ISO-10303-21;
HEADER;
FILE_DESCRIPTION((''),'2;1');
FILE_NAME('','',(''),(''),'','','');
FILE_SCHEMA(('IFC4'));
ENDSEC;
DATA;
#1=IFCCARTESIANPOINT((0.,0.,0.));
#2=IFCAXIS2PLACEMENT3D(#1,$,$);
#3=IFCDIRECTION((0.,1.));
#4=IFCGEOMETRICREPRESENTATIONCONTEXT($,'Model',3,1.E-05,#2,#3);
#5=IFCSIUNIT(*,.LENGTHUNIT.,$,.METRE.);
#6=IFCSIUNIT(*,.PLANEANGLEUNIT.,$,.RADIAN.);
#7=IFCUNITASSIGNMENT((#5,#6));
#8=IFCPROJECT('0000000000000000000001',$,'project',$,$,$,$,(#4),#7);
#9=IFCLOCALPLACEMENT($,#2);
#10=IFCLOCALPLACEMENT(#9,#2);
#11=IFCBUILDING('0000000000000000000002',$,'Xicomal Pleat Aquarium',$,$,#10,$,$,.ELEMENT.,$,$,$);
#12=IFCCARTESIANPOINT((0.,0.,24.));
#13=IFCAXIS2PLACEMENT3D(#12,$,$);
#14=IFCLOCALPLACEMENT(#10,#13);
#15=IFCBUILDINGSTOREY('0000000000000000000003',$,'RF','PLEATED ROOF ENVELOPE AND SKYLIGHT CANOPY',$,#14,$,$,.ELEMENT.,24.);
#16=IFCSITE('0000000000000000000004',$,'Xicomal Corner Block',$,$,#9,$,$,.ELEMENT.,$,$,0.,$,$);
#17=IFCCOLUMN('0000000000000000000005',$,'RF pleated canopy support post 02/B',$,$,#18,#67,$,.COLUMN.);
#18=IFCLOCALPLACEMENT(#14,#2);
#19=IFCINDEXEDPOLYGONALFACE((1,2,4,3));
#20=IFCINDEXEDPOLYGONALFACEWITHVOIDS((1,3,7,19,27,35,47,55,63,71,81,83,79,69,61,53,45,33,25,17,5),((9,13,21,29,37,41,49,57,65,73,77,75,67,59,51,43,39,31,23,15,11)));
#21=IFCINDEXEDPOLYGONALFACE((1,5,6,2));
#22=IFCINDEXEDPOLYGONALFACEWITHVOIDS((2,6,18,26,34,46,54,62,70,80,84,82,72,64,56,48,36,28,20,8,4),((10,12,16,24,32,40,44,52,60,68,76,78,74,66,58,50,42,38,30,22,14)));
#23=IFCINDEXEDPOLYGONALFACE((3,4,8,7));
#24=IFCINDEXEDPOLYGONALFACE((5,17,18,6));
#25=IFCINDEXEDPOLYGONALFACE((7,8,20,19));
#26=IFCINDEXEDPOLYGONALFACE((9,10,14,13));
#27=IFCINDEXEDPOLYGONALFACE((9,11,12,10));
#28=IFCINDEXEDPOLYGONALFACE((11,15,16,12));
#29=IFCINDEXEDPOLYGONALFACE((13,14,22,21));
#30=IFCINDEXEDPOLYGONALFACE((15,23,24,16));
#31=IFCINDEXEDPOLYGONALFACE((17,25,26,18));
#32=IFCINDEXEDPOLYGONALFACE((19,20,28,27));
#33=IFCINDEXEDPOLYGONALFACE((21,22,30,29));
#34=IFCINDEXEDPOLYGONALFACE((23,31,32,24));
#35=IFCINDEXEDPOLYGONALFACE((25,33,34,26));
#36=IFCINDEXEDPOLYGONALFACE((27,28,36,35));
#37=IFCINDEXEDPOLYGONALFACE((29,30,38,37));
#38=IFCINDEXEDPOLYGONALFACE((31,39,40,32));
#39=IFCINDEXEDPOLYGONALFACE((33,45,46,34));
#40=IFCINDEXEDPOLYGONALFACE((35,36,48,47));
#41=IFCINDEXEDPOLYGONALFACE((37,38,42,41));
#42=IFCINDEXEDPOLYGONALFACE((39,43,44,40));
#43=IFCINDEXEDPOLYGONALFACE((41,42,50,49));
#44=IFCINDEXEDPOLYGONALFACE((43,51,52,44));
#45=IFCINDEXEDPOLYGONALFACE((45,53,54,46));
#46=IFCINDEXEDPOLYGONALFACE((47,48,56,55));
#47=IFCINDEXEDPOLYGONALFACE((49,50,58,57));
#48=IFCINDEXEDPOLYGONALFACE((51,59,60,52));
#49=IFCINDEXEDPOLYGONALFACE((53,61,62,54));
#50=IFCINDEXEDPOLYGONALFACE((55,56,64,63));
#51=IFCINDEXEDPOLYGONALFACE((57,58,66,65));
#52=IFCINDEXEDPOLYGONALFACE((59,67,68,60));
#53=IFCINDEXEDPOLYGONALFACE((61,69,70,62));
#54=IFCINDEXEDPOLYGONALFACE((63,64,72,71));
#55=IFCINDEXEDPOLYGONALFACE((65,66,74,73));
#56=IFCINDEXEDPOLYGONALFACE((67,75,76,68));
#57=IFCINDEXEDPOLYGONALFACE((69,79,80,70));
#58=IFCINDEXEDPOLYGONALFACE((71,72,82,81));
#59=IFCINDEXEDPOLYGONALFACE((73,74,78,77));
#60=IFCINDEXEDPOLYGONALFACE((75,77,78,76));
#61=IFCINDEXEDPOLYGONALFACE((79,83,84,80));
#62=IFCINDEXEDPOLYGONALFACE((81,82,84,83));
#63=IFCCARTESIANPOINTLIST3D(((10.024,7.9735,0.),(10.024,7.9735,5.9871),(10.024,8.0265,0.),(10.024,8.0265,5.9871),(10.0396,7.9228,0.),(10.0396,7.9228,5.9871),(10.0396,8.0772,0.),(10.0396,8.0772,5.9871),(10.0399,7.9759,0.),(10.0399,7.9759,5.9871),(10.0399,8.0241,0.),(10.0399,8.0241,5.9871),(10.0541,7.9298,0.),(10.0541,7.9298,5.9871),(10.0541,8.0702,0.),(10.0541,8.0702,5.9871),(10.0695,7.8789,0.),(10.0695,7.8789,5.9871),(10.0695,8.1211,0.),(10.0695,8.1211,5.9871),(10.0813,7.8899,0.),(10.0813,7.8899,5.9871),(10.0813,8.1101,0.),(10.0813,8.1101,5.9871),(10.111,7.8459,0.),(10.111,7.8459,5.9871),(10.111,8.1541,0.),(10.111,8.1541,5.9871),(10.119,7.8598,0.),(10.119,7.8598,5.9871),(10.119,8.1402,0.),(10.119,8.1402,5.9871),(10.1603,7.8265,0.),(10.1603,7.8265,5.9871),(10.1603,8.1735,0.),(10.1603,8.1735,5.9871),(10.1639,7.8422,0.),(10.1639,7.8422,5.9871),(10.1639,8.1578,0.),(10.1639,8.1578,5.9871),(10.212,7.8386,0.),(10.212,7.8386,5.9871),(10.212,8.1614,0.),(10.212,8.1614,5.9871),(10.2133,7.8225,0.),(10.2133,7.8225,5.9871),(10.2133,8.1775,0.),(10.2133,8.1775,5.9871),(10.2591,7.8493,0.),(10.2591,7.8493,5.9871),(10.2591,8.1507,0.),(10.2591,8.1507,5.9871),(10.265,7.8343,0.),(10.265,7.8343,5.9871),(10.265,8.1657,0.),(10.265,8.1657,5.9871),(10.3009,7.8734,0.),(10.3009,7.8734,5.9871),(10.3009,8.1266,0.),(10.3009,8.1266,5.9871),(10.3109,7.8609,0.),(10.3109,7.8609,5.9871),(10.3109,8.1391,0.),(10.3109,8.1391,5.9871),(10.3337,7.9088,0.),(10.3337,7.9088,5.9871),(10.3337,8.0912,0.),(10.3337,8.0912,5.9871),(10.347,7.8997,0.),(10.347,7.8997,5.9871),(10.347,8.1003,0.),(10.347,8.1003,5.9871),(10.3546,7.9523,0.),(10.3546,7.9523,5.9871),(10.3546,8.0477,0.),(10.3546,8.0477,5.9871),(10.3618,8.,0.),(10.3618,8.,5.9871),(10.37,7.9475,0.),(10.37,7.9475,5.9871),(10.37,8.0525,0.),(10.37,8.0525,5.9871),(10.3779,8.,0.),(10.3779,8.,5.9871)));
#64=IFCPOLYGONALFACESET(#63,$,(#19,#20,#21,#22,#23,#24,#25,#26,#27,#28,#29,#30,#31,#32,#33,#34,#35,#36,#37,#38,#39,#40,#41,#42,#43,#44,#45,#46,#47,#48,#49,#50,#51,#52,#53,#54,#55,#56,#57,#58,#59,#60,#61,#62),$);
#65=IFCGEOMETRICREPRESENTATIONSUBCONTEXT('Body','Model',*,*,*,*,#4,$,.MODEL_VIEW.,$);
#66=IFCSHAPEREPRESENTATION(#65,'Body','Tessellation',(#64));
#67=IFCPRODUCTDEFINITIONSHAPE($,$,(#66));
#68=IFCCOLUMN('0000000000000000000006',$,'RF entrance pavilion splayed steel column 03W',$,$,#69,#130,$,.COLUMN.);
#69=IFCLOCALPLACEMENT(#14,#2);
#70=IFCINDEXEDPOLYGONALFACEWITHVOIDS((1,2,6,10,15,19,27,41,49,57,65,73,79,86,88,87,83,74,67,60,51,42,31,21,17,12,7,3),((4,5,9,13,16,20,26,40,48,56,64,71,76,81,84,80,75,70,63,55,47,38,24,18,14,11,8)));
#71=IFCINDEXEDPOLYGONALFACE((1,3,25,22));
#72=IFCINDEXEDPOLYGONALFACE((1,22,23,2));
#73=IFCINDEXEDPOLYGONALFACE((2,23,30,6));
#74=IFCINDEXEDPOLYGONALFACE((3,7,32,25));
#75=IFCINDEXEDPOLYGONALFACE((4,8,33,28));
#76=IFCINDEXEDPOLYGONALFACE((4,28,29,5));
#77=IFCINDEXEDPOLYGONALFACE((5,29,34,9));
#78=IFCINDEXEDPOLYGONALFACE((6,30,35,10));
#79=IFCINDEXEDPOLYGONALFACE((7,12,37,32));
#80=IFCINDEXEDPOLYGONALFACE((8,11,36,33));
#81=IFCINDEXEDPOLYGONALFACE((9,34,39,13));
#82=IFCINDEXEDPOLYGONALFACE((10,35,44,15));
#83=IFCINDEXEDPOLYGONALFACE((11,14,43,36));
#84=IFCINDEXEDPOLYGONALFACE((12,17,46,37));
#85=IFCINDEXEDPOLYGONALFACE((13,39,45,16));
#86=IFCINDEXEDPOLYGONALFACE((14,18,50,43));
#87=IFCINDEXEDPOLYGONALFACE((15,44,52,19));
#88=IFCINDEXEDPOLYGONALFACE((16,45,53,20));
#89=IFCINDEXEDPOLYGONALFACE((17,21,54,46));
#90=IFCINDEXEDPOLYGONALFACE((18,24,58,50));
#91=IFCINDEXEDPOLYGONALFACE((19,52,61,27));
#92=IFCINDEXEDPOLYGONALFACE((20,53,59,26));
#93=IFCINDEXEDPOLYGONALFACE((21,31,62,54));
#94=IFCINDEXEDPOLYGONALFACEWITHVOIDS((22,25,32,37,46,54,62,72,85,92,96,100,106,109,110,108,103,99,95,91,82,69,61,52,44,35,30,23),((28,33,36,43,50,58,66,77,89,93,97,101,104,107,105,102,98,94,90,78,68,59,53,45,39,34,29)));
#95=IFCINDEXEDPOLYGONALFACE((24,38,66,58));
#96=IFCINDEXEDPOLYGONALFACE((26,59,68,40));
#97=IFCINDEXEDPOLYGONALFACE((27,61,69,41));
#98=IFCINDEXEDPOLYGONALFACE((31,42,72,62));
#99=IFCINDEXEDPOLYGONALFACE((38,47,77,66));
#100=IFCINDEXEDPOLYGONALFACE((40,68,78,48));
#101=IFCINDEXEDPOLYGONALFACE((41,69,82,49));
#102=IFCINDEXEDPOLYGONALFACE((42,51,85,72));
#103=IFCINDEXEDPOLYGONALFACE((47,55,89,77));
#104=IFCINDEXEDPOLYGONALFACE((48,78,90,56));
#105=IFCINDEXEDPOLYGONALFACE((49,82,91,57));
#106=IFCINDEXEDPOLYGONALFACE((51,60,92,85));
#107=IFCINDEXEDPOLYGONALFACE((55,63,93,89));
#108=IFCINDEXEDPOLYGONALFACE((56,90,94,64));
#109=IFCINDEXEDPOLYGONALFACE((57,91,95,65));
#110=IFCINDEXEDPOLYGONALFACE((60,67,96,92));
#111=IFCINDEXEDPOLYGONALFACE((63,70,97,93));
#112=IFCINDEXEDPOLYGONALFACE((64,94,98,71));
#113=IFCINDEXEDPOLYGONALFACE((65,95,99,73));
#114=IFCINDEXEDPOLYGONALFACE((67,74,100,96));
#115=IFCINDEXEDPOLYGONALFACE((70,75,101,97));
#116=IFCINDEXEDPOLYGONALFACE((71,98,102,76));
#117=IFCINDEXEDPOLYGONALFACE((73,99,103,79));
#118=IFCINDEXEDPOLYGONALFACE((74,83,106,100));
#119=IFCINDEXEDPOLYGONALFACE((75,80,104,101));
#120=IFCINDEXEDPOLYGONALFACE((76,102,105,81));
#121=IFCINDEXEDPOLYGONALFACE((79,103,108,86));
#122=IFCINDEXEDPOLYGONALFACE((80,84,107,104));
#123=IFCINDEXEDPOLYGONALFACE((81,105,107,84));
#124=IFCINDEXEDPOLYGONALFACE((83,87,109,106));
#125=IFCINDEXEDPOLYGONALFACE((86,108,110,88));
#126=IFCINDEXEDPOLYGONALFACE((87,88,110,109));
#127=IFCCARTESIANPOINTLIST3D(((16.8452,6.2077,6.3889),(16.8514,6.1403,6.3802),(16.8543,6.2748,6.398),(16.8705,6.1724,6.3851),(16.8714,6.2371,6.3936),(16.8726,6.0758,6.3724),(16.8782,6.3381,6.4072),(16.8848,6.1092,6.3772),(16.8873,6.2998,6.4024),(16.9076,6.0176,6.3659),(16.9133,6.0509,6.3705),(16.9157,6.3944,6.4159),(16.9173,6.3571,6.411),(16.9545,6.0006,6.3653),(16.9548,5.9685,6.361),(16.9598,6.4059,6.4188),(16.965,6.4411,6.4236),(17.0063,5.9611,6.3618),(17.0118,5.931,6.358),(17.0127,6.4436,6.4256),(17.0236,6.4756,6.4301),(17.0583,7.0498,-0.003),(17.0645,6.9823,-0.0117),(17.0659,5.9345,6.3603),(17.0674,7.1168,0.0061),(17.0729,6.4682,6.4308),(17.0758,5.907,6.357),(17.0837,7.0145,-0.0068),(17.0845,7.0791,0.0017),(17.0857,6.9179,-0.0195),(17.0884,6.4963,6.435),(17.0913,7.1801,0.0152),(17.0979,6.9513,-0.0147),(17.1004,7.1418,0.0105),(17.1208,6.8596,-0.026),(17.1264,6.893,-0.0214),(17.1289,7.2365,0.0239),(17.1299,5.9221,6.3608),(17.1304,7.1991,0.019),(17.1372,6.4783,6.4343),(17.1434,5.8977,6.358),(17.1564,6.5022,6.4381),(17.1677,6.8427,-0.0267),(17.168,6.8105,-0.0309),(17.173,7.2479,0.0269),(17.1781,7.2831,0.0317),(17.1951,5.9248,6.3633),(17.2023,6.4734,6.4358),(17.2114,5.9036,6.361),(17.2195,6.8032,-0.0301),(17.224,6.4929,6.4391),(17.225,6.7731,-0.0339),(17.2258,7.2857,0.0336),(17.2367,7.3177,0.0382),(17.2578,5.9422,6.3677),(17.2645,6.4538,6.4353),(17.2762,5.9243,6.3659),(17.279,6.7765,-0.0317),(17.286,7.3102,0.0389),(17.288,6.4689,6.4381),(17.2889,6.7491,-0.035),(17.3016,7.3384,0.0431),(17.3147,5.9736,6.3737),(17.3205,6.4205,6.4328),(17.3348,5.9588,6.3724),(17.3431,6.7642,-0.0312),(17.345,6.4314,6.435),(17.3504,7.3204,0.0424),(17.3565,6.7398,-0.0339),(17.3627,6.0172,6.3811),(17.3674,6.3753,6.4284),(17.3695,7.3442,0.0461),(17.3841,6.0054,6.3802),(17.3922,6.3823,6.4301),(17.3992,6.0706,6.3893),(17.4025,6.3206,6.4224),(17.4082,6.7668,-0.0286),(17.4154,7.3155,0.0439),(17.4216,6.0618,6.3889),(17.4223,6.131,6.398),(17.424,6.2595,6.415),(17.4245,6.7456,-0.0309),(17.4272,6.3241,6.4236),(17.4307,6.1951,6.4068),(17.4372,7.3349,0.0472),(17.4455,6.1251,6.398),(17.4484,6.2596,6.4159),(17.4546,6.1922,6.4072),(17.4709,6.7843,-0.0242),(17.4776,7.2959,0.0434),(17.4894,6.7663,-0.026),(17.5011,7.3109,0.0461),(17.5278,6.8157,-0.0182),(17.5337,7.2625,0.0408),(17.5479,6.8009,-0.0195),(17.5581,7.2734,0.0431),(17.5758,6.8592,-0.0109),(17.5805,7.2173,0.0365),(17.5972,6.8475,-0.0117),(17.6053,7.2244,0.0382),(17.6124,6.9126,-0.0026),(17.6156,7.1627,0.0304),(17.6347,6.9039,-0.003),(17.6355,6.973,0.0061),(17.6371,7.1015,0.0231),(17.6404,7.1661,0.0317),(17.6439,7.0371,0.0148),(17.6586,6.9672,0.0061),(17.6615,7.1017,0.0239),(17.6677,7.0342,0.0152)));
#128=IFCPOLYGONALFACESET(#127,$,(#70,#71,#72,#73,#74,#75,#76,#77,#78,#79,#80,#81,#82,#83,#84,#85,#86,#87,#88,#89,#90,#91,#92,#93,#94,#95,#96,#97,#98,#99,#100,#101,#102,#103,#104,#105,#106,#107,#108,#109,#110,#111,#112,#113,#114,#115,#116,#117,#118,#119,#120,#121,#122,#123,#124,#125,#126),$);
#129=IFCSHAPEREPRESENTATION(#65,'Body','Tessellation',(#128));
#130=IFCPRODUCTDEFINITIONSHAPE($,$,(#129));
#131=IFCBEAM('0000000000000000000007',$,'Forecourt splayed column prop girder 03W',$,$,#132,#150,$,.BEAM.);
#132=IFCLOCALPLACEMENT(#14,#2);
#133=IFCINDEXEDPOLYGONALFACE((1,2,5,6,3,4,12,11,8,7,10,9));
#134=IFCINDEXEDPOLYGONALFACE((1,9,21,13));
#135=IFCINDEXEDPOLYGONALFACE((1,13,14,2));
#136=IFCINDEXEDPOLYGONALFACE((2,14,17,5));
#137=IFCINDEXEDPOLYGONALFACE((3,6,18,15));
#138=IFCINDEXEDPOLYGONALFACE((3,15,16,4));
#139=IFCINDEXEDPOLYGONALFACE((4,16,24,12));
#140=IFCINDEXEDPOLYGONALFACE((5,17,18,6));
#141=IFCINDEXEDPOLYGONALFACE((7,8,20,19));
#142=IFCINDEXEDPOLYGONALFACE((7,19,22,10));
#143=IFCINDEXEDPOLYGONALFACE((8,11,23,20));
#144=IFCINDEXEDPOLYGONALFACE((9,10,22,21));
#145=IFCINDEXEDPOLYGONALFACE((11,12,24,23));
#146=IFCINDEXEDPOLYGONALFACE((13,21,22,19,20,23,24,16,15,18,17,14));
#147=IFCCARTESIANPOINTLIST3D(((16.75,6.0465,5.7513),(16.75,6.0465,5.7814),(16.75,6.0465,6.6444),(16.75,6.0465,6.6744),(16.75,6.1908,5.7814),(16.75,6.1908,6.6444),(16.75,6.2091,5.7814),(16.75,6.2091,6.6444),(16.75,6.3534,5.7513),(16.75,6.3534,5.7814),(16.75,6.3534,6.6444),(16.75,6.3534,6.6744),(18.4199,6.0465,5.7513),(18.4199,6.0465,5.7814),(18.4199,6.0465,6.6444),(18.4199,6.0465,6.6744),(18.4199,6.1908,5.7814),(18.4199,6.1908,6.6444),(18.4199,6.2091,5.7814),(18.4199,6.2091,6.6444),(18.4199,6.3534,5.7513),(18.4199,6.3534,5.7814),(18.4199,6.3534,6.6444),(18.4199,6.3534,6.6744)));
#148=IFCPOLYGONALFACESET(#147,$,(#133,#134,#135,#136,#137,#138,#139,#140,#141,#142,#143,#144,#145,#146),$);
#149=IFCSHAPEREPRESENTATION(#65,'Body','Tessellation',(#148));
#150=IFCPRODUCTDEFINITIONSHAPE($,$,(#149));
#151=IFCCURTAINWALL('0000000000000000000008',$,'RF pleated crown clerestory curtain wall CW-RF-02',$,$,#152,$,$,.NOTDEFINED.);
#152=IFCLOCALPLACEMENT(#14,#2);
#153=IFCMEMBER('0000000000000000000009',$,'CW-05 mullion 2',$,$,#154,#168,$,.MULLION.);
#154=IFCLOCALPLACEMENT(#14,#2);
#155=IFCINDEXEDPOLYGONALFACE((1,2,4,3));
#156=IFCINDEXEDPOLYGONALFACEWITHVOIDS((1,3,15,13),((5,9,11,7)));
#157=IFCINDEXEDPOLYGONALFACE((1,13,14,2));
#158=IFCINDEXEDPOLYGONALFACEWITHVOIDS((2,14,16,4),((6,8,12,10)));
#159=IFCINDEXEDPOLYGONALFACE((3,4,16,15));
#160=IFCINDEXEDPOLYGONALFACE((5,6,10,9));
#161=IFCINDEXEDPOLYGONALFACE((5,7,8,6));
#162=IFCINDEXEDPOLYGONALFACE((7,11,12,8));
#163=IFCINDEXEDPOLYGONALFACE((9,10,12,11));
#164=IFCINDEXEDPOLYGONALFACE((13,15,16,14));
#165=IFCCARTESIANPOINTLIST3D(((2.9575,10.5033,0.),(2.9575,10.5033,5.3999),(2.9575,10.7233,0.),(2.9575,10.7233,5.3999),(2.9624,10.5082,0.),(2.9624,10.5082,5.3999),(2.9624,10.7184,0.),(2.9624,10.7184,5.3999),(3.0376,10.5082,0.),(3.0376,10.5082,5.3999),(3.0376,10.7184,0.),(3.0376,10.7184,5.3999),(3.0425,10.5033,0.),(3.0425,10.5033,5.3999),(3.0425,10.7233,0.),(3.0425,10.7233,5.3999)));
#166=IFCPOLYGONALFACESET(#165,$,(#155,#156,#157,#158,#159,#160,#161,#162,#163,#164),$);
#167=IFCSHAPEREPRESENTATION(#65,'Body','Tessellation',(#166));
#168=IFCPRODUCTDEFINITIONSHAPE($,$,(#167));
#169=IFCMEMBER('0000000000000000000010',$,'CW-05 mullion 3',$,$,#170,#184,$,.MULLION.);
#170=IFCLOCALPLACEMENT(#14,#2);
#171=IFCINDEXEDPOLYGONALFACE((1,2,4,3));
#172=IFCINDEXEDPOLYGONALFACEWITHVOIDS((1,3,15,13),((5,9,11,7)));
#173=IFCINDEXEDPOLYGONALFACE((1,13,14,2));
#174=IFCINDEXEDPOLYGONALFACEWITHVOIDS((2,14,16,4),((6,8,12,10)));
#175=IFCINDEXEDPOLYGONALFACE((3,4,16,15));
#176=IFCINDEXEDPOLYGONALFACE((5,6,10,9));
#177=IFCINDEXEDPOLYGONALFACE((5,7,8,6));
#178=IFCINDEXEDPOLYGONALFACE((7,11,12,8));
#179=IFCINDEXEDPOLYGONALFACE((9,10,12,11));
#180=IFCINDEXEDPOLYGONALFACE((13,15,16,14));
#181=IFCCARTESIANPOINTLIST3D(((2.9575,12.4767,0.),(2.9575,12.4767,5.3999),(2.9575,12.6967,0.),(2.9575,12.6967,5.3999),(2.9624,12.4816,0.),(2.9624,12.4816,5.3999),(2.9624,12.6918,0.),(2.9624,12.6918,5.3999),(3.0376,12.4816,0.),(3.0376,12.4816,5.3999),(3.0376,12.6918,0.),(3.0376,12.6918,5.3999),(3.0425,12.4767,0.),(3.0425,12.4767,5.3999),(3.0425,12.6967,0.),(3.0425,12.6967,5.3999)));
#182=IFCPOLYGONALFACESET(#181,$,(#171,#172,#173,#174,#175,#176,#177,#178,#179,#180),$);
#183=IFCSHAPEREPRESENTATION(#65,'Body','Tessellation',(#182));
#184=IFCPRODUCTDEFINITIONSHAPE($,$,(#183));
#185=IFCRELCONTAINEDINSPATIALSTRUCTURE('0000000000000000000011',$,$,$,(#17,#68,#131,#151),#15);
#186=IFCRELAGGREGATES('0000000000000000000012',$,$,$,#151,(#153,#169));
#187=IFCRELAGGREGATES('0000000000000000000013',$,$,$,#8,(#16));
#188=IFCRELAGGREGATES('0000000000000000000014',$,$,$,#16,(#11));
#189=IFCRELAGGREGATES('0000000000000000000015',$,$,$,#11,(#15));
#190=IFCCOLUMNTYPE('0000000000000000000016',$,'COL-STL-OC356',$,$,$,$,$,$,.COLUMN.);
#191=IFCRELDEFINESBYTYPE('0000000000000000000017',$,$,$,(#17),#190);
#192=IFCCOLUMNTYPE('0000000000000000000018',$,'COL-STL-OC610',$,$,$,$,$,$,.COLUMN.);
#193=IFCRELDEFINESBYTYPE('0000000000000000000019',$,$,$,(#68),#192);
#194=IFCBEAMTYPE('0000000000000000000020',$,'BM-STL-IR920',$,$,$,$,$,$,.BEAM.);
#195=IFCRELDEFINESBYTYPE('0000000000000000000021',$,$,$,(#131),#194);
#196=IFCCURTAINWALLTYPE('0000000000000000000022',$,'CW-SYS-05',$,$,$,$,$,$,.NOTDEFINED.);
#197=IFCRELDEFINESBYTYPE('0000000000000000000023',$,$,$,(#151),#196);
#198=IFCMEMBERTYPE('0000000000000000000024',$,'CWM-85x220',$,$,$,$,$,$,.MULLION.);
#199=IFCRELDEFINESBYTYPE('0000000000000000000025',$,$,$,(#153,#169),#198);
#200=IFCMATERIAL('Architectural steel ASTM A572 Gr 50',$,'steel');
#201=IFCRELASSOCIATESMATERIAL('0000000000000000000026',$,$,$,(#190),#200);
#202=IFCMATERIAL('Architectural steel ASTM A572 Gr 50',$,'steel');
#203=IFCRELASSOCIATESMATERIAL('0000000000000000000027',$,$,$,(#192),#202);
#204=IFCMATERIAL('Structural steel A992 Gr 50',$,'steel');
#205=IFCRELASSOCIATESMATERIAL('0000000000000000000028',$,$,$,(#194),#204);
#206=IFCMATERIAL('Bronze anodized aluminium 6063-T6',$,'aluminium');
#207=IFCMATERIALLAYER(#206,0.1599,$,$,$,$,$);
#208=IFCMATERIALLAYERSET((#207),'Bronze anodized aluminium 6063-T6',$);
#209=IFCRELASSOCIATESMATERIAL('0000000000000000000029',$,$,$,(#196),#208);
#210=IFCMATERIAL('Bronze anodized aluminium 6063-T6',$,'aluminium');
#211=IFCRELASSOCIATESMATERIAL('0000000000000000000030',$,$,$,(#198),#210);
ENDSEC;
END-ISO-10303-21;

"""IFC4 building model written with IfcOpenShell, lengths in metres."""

from ifc_helpers import new_model, si_unit, direction, frame, origin, origin_2d, place, context, subcontext, project, spatial, hollow_rectangle, hollow_circle, i_section, extrude, material, layer, layer_set, material_profile, profile_set, type_object, element, aggregate, save


model = new_model("IFC4")

# Units and contexts
model_context = context("Model", 3, precision=1e-05, world=origin(), true_north=direction((0.0, 1.0)))
body_context = subcontext(model_context, "Body", "Model", "MODEL_VIEW")
ifc_project = project(units=[si_unit("LENGTHUNIT", "METRE"), si_unit("PLANEANGLEUNIT", "RADIAN")], contexts=[model_context])

# Site, building, storey
site_placement = place(None, origin())
site = spatial("IfcSite", under=ifc_project, at=site_placement, Name="Xicomal Corner Block", CompositionType="ELEMENT", RefElevation=0.0)
building_placement = place(site_placement, origin())
building = spatial("IfcBuilding", under=site, at=building_placement, Name="Xicomal Pleat Aquarium", CompositionType="ELEMENT")
storey_placement = place(building_placement, frame((0.0, 0.0, 24.0)))
storey = spatial("IfcBuildingStorey", under=building, at=storey_placement, Name="RF", Description="PLEATED ROOF ENVELOPE AND SKYLIGHT CANOPY", CompositionType="ELEMENT", Elevation=24.0)

# Columns
ifc_material_1 = material(Name="Architectural steel ASTM A572 Gr 50", Category="steel")
ifc_material_profile_1 = material_profile(ifc_material_1, hollow_circle(Radius=0.178, WallThickness=0.0161, at=origin_2d()), Name="OC 356x16")
ifc_profile_set_1 = profile_set([ifc_material_profile_1], Name="Architectural steel ASTM A572 Gr 50")
column_type_1 = type_object("IfcColumnType", Name="COL-STL-OC356", PredefinedType="COLUMN", material=ifc_profile_set_1)
column_1_placement = place(storey_placement, frame((10.2, 8.0, 0.0), z_axis=(0.0, 0.0, 1.0), x_axis=(1.0, 0.0, 0.0)))
element("IfcColumn", 1, at=column_1_placement, inside=storey, type_object=column_type_1, Name="RF pleated canopy support post 02/B", PredefinedType="COLUMN", context=body_context, shape_type="SweptSolid", body=[
    extrude(hollow_circle(Radius=0.178, WallThickness=0.0161, at=origin_2d()), origin(), (0.0, 0.0, 1.0), 5.9871),
])
ifc_material_2 = material(Name="Architectural steel ASTM A572 Gr 50", Category="steel")
ifc_material_profile_2 = material_profile(ifc_material_2, hollow_circle(Radius=0.3049, WallThickness=0.0239, at=origin_2d()), Name="OC 610x24")
ifc_profile_set_2 = profile_set([ifc_material_profile_2], Name="Architectural steel ASTM A572 Gr 50")
column_type_2 = type_object("IfcColumnType", Name="COL-STL-OC610", PredefinedType="COLUMN", material=ifc_profile_set_2)
column_2_placement = place(storey_placement, frame((17.363, 7.042, 0.0061), z_axis=(-0.033041, -0.130537, 0.990893), x_axis=(0.969427, -0.245378, 0.0)))
element("IfcColumn", 2, at=column_2_placement, inside=storey, type_object=column_type_2, Name="RF entrance pavilion splayed steel column 03W", PredefinedType="COLUMN", context=body_context, shape_type="SweptSolid", body=[
    extrude(hollow_circle(Radius=0.3049, WallThickness=0.0239, at=origin_2d()), origin(), (0.0, 0.0, 1.0), 6.4507),
])

# Beam
ifc_material_3 = material(Name="Structural steel A992 Gr 50", Category="steel")
ifc_material_profile_3 = material_profile(ifc_material_3, i_section(OverallWidth=0.3069, OverallDepth=0.9231, WebThickness=0.0183, FlangeThickness=0.03, at=origin_2d()), Name="IR 920x271")
ifc_profile_set_3 = profile_set([ifc_material_profile_3], Name="Structural steel A992 Gr 50")
beam_type = type_object("IfcBeamType", Name="BM-STL-IR920", PredefinedType="BEAM", material=ifc_profile_set_3)
beam_placement = place(storey_placement, frame((16.75, 6.2, 6.2129), z_axis=(1.0, 0.0, 0.0), x_axis=(0.0, 1.0, 0.0)))
element("IfcBeam", 3, at=beam_placement, inside=storey, type_object=beam_type, Name="Forecourt splayed column prop girder 03W", PredefinedType="BEAM", context=body_context, shape_type="SweptSolid", body=[
    extrude(i_section(OverallWidth=0.3069, OverallDepth=0.9231, WebThickness=0.0183, FlangeThickness=0.03, at=origin_2d()), origin(), (0.0, 0.0, 1.0), 1.6699),
])

# Curtain wall, members
ifc_material_4 = material(Name="Bronze anodized aluminium 6063-T6", Category="aluminium")
ifc_layer_1 = layer(ifc_material_4, 0.1599)
ifc_layer_set_1 = layer_set([ifc_layer_1], Name="Bronze anodized aluminium 6063-T6")
curtain_wall_type = type_object("IfcCurtainWallType", Name="CW-SYS-05", PredefinedType="NOTDEFINED", material=ifc_layer_set_1)
curtain_wall_placement = place(storey_placement, origin())
curtain_wall = element("IfcCurtainWall", 4, at=curtain_wall_placement, inside=storey, type_object=curtain_wall_type, Name="RF pleated crown clerestory curtain wall CW-RF-02", PredefinedType="NOTDEFINED")
ifc_material_5 = material(Name="Bronze anodized aluminium 6063-T6", Category="aluminium")
ifc_material_profile_4 = material_profile(ifc_material_5, hollow_rectangle(XDim=0.085, YDim=0.22, WallThickness=0.0049, at=origin_2d()), Name="ALU MULL 85x220")
ifc_profile_set_4 = profile_set([ifc_material_profile_4], Name="Bronze anodized aluminium 6063-T6")
member_type_1 = type_object("IfcMemberType", Name="CWM-85x220", PredefinedType="MULLION", material=ifc_profile_set_4)
member_1_placement = place(storey_placement, frame((3.0, 10.6133, 0.0), z_axis=(0.0, 0.0, 1.0), x_axis=(-1.0, 0.0, 0.0)))
member_1 = element("IfcMember", 5, at=member_1_placement, type_object=member_type_1, Name="CW-05 mullion 2", PredefinedType="MULLION", context=body_context, shape_type="SweptSolid", body=[
    extrude(hollow_rectangle(XDim=0.085, YDim=0.22, WallThickness=0.0049, at=origin_2d()), origin(), (0.0, 0.0, 1.0), 5.3999),
])
member_2_placement = place(storey_placement, frame((3.0, 12.5867, 0.0), z_axis=(0.0, 0.0, 1.0), x_axis=(-1.0, 0.0, 0.0)))
member_2 = element("IfcMember", 6, at=member_2_placement, type_object=member_type_1, Name="CW-05 mullion 3", PredefinedType="MULLION", context=body_context, shape_type="SweptSolid", body=[
    extrude(hollow_rectangle(XDim=0.085, YDim=0.22, WallThickness=0.0049, at=origin_2d()), origin(), (0.0, 0.0, 1.0), 5.3999),
])
aggregate(curtain_wall, [member_1, member_2])

save(model, "model.ifc")
